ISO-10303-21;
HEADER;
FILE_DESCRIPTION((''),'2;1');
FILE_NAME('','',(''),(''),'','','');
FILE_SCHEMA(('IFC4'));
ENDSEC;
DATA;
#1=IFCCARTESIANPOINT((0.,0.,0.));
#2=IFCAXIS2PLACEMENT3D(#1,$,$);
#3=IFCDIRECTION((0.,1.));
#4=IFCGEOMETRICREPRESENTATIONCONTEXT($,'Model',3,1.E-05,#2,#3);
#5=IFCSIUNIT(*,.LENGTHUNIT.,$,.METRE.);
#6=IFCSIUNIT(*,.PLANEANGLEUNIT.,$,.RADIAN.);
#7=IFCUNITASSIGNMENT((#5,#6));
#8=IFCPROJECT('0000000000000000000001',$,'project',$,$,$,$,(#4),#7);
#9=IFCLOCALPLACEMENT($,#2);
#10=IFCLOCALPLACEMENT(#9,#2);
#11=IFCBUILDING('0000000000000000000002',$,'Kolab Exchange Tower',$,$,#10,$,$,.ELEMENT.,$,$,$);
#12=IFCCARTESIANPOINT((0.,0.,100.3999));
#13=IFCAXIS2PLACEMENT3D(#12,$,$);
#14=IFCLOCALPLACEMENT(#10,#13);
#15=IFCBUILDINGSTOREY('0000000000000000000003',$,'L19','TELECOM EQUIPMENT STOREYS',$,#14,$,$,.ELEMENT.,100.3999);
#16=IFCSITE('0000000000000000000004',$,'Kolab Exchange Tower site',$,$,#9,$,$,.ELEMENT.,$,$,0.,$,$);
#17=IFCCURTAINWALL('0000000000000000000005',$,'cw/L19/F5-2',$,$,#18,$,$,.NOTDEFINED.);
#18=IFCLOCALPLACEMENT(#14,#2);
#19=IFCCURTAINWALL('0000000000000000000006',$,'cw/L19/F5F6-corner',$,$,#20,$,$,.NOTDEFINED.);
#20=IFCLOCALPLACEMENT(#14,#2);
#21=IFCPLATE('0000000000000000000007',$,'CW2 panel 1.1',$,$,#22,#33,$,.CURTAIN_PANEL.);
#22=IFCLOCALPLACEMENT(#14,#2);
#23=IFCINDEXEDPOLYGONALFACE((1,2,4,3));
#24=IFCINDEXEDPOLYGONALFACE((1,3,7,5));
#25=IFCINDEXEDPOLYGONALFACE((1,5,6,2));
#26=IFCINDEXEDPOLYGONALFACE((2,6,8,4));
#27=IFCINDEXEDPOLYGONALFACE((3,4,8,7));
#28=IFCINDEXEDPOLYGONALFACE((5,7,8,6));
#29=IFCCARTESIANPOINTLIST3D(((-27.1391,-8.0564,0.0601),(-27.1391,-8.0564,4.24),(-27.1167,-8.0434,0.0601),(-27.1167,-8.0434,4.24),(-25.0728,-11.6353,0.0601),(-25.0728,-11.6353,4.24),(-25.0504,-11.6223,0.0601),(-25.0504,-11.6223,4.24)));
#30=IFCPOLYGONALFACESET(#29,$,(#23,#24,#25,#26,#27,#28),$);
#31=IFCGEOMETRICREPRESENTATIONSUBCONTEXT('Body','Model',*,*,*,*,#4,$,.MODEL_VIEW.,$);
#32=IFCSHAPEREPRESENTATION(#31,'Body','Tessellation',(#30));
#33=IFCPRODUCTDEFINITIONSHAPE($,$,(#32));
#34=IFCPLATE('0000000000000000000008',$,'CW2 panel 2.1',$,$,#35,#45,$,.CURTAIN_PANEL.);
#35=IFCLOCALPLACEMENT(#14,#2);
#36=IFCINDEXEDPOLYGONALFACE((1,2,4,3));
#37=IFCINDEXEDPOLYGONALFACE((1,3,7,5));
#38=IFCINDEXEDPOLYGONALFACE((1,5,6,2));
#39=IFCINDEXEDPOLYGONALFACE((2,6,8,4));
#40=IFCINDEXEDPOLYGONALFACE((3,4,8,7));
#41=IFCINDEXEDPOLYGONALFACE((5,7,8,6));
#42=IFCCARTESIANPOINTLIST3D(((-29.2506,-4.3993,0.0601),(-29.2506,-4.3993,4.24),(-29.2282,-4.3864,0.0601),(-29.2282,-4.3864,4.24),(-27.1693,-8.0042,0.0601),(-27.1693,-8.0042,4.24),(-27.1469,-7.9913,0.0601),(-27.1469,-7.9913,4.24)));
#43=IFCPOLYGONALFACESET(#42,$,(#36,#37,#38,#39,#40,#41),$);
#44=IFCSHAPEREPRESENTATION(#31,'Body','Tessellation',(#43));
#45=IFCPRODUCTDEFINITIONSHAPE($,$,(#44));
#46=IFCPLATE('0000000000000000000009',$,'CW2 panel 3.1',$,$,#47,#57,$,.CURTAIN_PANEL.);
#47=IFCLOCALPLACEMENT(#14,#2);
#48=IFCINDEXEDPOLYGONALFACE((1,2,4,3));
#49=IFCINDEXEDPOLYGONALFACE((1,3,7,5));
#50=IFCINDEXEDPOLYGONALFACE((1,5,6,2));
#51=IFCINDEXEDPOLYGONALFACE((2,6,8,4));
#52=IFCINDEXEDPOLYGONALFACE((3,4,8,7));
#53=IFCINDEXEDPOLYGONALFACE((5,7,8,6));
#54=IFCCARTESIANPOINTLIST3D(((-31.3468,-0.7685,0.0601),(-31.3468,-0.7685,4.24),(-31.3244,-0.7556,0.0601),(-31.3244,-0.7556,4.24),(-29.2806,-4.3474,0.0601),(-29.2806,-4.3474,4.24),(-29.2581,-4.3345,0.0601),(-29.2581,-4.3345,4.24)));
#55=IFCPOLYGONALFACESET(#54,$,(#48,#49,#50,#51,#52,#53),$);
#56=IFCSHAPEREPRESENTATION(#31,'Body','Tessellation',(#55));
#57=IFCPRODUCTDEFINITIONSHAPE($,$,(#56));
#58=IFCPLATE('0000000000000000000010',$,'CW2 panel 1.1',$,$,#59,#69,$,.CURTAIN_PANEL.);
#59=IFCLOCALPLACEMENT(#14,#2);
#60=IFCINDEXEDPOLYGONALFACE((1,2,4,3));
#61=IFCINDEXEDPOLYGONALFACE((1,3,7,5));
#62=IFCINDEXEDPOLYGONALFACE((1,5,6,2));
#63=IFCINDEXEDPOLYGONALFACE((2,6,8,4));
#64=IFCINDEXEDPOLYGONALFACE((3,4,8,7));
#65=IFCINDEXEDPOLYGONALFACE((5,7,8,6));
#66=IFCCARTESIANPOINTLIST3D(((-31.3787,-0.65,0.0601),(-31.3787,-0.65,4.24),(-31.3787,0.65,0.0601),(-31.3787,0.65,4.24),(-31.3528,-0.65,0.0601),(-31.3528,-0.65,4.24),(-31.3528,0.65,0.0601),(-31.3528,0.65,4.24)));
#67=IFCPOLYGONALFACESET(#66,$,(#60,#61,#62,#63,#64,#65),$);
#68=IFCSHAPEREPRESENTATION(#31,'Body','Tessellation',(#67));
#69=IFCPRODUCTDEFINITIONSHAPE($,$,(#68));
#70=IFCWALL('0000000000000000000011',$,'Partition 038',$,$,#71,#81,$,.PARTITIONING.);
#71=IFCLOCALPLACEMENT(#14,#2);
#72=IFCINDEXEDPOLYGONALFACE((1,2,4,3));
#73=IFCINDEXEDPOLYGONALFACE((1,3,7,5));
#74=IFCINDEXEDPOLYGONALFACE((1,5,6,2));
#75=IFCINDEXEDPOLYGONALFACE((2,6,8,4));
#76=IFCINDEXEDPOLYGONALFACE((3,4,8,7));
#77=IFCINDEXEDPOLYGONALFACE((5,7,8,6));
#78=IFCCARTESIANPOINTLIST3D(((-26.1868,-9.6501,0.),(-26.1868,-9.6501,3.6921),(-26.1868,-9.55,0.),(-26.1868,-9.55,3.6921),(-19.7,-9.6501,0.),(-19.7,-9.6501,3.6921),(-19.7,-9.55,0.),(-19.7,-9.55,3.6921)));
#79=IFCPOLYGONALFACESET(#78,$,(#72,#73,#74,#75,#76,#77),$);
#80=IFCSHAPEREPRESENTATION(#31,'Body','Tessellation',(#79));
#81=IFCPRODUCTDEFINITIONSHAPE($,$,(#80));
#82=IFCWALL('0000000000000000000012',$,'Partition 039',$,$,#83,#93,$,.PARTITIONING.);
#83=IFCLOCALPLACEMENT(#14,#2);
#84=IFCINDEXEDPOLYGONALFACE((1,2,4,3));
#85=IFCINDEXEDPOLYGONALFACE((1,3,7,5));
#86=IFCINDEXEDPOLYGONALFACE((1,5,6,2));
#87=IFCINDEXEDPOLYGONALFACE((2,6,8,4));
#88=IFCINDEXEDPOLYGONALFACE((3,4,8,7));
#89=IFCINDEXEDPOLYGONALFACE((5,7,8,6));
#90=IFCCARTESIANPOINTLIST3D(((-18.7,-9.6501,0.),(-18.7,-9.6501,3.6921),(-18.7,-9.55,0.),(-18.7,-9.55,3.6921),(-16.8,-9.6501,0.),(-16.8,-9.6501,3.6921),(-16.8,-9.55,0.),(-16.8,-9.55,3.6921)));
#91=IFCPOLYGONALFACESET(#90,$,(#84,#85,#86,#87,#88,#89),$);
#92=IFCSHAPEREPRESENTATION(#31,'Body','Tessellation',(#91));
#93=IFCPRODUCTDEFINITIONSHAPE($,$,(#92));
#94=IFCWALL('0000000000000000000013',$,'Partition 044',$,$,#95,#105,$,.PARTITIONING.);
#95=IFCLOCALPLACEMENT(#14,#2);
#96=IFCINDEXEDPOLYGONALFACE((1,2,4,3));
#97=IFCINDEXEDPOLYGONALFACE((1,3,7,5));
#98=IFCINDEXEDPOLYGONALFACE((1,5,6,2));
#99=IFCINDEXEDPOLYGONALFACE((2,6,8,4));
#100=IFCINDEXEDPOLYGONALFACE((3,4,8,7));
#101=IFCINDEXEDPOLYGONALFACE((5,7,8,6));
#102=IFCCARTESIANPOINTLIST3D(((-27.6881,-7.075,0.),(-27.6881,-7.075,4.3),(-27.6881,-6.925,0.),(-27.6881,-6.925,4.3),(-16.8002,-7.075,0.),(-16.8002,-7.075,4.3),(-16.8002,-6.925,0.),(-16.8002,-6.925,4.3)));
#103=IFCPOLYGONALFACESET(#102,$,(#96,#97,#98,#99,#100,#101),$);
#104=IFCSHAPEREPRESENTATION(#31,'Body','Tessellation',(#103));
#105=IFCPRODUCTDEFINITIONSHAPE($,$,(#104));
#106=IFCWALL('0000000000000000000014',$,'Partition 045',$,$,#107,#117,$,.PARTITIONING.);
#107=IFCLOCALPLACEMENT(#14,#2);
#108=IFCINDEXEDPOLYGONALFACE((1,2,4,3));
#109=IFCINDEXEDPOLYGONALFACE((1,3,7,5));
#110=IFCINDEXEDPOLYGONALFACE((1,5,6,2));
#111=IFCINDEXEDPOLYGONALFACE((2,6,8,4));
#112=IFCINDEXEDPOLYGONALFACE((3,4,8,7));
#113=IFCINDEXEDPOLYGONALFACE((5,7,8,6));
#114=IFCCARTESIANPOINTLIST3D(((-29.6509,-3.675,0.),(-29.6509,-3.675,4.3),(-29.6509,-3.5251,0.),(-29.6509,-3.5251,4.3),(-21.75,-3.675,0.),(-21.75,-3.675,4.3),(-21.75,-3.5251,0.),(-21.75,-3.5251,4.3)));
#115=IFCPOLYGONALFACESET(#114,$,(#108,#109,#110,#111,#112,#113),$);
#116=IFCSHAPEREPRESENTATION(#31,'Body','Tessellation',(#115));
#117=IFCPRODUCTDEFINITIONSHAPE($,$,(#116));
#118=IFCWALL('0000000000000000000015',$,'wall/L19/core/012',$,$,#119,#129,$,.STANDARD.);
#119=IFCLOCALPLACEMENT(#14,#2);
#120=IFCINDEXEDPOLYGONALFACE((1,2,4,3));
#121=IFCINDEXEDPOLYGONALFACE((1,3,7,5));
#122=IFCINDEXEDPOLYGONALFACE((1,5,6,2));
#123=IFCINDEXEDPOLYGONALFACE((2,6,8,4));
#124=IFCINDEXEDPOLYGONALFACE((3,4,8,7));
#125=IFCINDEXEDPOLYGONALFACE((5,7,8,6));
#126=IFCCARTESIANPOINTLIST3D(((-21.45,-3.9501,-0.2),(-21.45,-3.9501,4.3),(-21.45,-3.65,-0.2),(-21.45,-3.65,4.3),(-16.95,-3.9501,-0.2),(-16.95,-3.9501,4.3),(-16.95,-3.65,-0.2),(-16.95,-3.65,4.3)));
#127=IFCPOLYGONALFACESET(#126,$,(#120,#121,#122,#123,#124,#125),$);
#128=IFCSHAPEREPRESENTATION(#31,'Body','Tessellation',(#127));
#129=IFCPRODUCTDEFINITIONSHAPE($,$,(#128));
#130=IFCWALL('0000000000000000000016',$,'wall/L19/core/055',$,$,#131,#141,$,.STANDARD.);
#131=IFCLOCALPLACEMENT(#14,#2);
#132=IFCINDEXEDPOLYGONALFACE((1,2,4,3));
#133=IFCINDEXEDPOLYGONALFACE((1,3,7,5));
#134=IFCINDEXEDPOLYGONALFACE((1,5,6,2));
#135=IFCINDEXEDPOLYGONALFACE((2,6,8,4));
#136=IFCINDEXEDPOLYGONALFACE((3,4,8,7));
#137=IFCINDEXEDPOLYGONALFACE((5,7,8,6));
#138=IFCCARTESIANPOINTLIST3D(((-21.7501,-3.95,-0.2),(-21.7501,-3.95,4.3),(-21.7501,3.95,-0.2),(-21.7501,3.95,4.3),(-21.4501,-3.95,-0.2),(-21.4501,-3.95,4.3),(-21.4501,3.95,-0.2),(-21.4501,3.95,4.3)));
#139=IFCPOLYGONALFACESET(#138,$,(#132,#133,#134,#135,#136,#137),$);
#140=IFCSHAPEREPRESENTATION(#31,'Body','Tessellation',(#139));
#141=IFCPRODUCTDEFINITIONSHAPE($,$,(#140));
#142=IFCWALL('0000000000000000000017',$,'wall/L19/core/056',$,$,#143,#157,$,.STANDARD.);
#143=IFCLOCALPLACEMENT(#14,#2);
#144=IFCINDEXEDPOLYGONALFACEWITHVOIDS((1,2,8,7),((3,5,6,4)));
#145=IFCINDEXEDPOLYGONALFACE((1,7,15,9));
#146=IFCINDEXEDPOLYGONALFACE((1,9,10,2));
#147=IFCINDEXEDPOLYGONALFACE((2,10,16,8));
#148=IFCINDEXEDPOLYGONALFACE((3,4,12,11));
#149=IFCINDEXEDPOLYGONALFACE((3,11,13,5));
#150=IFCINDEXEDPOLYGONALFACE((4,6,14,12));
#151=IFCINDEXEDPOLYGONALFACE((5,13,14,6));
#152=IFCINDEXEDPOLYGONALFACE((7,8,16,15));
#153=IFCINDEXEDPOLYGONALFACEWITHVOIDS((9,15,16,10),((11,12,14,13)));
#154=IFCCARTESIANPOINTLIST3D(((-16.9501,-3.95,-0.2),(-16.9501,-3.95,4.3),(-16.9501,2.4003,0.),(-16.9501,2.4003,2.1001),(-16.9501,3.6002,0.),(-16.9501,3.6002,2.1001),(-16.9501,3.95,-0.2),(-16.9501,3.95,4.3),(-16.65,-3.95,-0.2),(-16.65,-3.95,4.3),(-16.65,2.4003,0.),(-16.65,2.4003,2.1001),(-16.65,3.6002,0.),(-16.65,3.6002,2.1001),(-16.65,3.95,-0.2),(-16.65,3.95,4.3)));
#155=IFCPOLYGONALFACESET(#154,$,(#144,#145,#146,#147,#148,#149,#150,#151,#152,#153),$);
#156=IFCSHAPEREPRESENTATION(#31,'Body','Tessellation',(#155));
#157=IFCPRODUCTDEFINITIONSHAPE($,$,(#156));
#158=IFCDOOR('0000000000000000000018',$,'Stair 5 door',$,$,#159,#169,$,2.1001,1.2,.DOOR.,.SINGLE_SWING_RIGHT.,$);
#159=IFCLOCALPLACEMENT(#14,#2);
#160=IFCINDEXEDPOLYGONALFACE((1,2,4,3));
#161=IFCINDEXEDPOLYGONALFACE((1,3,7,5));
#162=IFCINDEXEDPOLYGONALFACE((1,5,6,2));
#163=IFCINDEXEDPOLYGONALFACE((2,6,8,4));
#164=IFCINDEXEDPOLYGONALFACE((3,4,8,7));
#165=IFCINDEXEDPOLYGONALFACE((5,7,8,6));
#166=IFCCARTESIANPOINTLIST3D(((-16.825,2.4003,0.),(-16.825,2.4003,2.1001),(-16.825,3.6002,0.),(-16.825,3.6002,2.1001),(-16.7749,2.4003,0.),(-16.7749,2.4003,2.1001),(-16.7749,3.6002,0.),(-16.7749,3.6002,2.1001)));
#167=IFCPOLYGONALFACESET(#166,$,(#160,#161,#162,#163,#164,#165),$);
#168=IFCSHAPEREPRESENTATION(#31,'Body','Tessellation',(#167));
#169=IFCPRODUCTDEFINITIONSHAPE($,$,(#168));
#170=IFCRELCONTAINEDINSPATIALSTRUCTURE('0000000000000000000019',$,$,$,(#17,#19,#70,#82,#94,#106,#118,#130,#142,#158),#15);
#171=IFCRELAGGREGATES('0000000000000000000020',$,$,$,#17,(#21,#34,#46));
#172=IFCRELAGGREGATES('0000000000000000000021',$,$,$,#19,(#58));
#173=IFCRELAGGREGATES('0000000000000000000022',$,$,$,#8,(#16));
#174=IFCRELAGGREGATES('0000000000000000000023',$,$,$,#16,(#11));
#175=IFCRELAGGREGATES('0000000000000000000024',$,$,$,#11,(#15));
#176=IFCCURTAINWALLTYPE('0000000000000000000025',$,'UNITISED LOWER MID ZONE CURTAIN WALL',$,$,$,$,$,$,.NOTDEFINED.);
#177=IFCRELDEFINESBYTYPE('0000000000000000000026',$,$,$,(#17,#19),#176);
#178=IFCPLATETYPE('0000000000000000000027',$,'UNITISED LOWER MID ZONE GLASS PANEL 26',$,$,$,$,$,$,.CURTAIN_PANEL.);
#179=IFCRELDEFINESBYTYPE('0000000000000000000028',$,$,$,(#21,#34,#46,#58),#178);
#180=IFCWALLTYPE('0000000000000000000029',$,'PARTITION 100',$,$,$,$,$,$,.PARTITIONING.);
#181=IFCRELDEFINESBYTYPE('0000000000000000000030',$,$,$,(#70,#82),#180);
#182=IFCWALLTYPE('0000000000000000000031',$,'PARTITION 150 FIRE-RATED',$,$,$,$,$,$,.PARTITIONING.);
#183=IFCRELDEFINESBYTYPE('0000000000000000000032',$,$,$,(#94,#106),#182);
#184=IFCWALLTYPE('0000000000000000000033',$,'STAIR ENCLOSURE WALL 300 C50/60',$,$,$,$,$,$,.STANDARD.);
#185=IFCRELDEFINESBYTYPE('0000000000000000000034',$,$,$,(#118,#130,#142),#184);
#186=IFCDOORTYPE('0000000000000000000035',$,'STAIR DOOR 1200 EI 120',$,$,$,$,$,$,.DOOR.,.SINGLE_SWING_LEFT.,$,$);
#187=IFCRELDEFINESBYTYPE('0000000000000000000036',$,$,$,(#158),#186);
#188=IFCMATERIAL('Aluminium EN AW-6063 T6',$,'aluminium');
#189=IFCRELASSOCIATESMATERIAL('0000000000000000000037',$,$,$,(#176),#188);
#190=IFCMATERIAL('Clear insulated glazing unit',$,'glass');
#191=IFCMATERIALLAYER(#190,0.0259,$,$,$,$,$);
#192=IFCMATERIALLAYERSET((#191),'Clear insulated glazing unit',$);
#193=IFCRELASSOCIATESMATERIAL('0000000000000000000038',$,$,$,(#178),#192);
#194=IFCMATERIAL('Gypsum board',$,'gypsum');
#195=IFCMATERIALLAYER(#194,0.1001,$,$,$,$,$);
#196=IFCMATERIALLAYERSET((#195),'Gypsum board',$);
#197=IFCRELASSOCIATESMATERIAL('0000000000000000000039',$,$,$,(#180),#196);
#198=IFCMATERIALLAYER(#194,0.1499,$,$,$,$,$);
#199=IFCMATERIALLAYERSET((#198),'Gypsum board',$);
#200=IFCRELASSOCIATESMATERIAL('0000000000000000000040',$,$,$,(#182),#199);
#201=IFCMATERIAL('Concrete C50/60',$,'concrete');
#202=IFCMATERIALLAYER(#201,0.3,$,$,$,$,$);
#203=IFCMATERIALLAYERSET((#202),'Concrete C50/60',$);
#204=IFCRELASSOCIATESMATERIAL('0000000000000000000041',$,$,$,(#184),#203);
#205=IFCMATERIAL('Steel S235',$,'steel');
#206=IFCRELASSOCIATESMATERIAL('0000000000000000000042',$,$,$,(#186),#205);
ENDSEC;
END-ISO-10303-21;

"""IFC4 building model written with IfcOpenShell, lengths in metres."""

from ifc_helpers import new_model, si_unit, direction, frame, frame_2d, origin, origin_2d, place, context, subcontext, project, spatial, rectangle, extrude, material, layer, layer_set, type_object, element, fill, aggregate, save


model = new_model("IFC4")

# Units and contexts
model_context = context("Model", 3, precision=1e-05, world=origin(), true_north=direction((0.0, 1.0)))
body_context = subcontext(model_context, "Body", "Model", "MODEL_VIEW")
ifc_project = project(units=[si_unit("LENGTHUNIT", "METRE"), si_unit("PLANEANGLEUNIT", "RADIAN")], contexts=[model_context])

# Site, building, storey
site_placement = place(None, origin())
site = spatial("IfcSite", under=ifc_project, at=site_placement, Name="Kolab Exchange Tower site", CompositionType="ELEMENT", RefElevation=0.0)
building_placement = place(site_placement, origin())
building = spatial("IfcBuilding", under=site, at=building_placement, Name="Kolab Exchange Tower", CompositionType="ELEMENT")
storey_placement = place(building_placement, frame((0.0, 0.0, 100.3999)))
storey = spatial("IfcBuildingStorey", under=building, at=storey_placement, Name="L19", Description="TELECOM EQUIPMENT STOREYS", CompositionType="ELEMENT", Elevation=100.3999)

# Curtain wall
ifc_material_1 = material(Name="Aluminium EN AW-6063 T6", Category="aluminium")
curtain_wall_type = type_object("IfcCurtainWallType", Name="UNITISED LOWER MID ZONE CURTAIN WALL", PredefinedType="NOTDEFINED", material=ifc_material_1)
curtain_wall_1_placement = place(storey_placement, origin())
curtain_wall_1 = element("IfcCurtainWall", 1, at=curtain_wall_1_placement, inside=storey, type_object=curtain_wall_type, Name="cw/L19/F5-2", PredefinedType="NOTDEFINED")

# Curtain wall
curtain_wall_2_placement = place(storey_placement, origin())
curtain_wall_2 = element("IfcCurtainWall", 2, at=curtain_wall_2_placement, inside=storey, type_object=curtain_wall_type, Name="cw/L19/F5F6-corner", PredefinedType="NOTDEFINED")

# Plates
ifc_material_2 = material(Name="Clear insulated glazing unit", Category="glass")
ifc_layer_1 = layer(ifc_material_2, 0.0259)
ifc_layer_set_1 = layer_set([ifc_layer_1], Name="Clear insulated glazing unit")
plate_type = type_object("IfcPlateType", Name="UNITISED LOWER MID ZONE GLASS PANEL 26", PredefinedType="CURTAIN_PANEL", material=ifc_layer_set_1)
plate_1_placement = place(storey_placement, frame((-26.0947, -9.8394, 0.0601), z_axis=(0.0, 0.0, 1.0), x_axis=(-0.5, 0.866025, 0.0)))
plate_1 = element("IfcPlate", 3, at=plate_1_placement, type_object=plate_type, Name="CW2 panel 1.1", PredefinedType="CURTAIN_PANEL", context=body_context, shape_type="SweptSolid", body=[
    extrude(rectangle(XDim=4.1326, YDim=0.0259, at=origin_2d()), origin(), (0.0, 0.0, 1.0), 4.1799),
])
plate_2_placement = place(storey_placement, frame((-28.1987, -6.1953, 0.0601), z_axis=(0.0, 0.0, 1.0), x_axis=(-0.5, 0.866025, 0.0)))
plate_2 = element("IfcPlate", 4, at=plate_2_placement, type_object=plate_type, Name="CW2 panel 2.1", PredefinedType="CURTAIN_PANEL", context=body_context, shape_type="SweptSolid", body=[
    extrude(rectangle(XDim=4.1626, YDim=0.0259, at=origin_2d()), origin(), (0.0, 0.0, 1.0), 4.1799),
])
plate_3_placement = place(storey_placement, frame((-30.3025, -2.5515, 0.0601), z_axis=(0.0, 0.0, 1.0), x_axis=(-0.5, 0.866025, 0.0)))
plate_3 = element("IfcPlate", 5, at=plate_3_placement, type_object=plate_type, Name="CW2 panel 3.1", PredefinedType="CURTAIN_PANEL", context=body_context, shape_type="SweptSolid", body=[
    extrude(rectangle(XDim=4.1326, YDim=0.0259, at=origin_2d()), origin(), (0.0, 0.0, 1.0), 4.1799),
])
aggregate(curtain_wall_1, [plate_1, plate_2, plate_3])
plate_4_placement = place(storey_placement, frame((-31.3657, 0.0, 0.0601), z_axis=(0.0, 0.0, 1.0), x_axis=(0.0, 1.0, 0.0)))
plate_4 = element("IfcPlate", 6, at=plate_4_placement, type_object=plate_type, Name="CW2 panel 1.1", PredefinedType="CURTAIN_PANEL", context=body_context, shape_type="SweptSolid", body=[
    extrude(rectangle(XDim=1.3, YDim=0.0259, at=origin_2d()), origin(), (0.0, 0.0, 1.0), 4.1799),
])
aggregate(curtain_wall_2, [plate_4])

# Walls
ifc_material_3 = material(Name="Gypsum board", Category="gypsum")
ifc_layer_2 = layer(ifc_material_3, 0.1001)
ifc_layer_set_2 = layer_set([ifc_layer_2], Name="Gypsum board")
wall_type_1 = type_object("IfcWallType", Name="PARTITION 100", PredefinedType="PARTITIONING", material=ifc_layer_set_2)
wall_1_placement = place(storey_placement, frame((-26.1868, -9.6001, 0.0), z_axis=(0.0, 0.0, 1.0), x_axis=(1.0, 0.0, 0.0)))
element("IfcWall", 7, at=wall_1_placement, inside=storey, type_object=wall_type_1, Name="Partition 038", PredefinedType="PARTITIONING", context=body_context, shape_type="SweptSolid", body=[
    extrude(rectangle(XDim=6.4868, YDim=0.1001, at=frame_2d((3.2434, 0.0))), origin(), (0.0, 0.0, 1.0), 3.6921),
])
wall_2_placement = place(storey_placement, frame((-18.7, -9.6001, 0.0), z_axis=(0.0, 0.0, 1.0), x_axis=(1.0, 0.0, 0.0)))
element("IfcWall", 8, at=wall_2_placement, inside=storey, type_object=wall_type_1, Name="Partition 039", PredefinedType="PARTITIONING", context=body_context, shape_type="SweptSolid", body=[
    extrude(rectangle(XDim=1.8999, YDim=0.1001, at=frame_2d((0.95, 0.0))), origin(), (0.0, 0.0, 1.0), 3.6921),
])
ifc_layer_3 = layer(ifc_material_3, 0.1499)
ifc_layer_set_3 = layer_set([ifc_layer_3], Name="Gypsum board")
wall_type_2 = type_object("IfcWallType", Name="PARTITION 150 FIRE-RATED", PredefinedType="PARTITIONING", material=ifc_layer_set_3)
wall_3_placement = place(storey_placement, frame((-27.688, -7.0, 0.0), z_axis=(0.0, 0.0, 1.0), x_axis=(1.0, 0.0, 0.0)))
element("IfcWall", 9, at=wall_3_placement, inside=storey, type_object=wall_type_2, Name="Partition 044", PredefinedType="PARTITIONING", context=body_context, shape_type="SweptSolid", body=[
    extrude(rectangle(XDim=10.8879, YDim=0.1499, at=frame_2d((5.4438, 0.0))), origin(), (0.0, 0.0, 1.0), 4.3),
])
wall_4_placement = place(storey_placement, frame((-29.6509, -3.6001, 0.0), z_axis=(0.0, 0.0, 1.0), x_axis=(1.0, 0.0, 0.0)))
element("IfcWall", 10, at=wall_4_placement, inside=storey, type_object=wall_type_2, Name="Partition 045", PredefinedType="PARTITIONING", context=body_context, shape_type="SweptSolid", body=[
    extrude(rectangle(XDim=7.9009, YDim=0.1499, at=frame_2d((3.9504, 0.0))), origin(), (0.0, 0.0, 1.0), 4.3),
])
ifc_material_4 = material(Name="Concrete C50/60", Category="concrete")
ifc_layer_4 = layer(ifc_material_4, 0.3)
ifc_layer_set_4 = layer_set([ifc_layer_4], Name="Concrete C50/60")
wall_type_3 = type_object("IfcWallType", Name="STAIR ENCLOSURE WALL 300 C50/60", PredefinedType="STANDARD", material=ifc_layer_set_4)
wall_5_placement = place(storey_placement, frame((-21.45, -3.8, -0.2), z_axis=(0.0, 0.0, 1.0), x_axis=(1.0, 0.0, 0.0)))
element("IfcWall", 11, at=wall_5_placement, inside=storey, type_object=wall_type_3, Name="wall/L19/core/012", PredefinedType="STANDARD", context=body_context, shape_type="SweptSolid", body=[
    extrude(rectangle(XDim=4.5, YDim=0.3, at=frame_2d((2.25, 0.0))), origin(), (0.0, 0.0, 1.0), 4.5),
])
wall_6_placement = place(storey_placement, frame((-21.6001, -3.95, -0.2), z_axis=(0.0, 0.0, 1.0), x_axis=(0.0, 1.0, 0.0)))
element("IfcWall", 12, at=wall_6_placement, inside=storey, type_object=wall_type_3, Name="wall/L19/core/055", PredefinedType="STANDARD", context=body_context, shape_type="SweptSolid", body=[
    extrude(rectangle(XDim=7.8999, YDim=0.3, at=frame_2d((3.95, 0.0))), origin(), (0.0, 0.0, 1.0), 4.5),
])

# Wall, opening, door
wall_7_placement = place(storey_placement, frame((-16.8, -3.95, -0.2), z_axis=(0.0, 0.0, 1.0), x_axis=(0.0, 1.0, 0.0)))
wall_7 = element("IfcWall", 13, at=wall_7_placement, inside=storey, type_object=wall_type_3, Name="wall/L19/core/056", PredefinedType="STANDARD", context=body_context, shape_type="SweptSolid", body=[
    extrude(rectangle(XDim=7.8999, YDim=0.3, at=frame_2d((3.95, 0.0))), origin(), (0.0, 0.0, 1.0), 4.5),
])
opening_placement = place(wall_7_placement, frame((6.3501, 0.0, 0.2)))
opening = element("IfcOpeningElement", 14, at=opening_placement, cuts=wall_7, PredefinedType="OPENING", context=body_context, shape_type="SweptSolid", body=[
    extrude(rectangle(XDim=1.2, YDim=2.1001, at=frame_2d((0.6001, 1.05))), frame((0.0, 0.1602, 0.0), z_axis=(0.0, -1.0, 0.0), x_axis=(1.0, 0.0, 0.0)), (0.0, 0.0, 1.0), 0.3201),
])
ifc_material_5 = material(Name="Steel S235", Category="steel")
door_type = type_object("IfcDoorType", Name="STAIR DOOR 1200 EI 120", OperationType="SINGLE_SWING_LEFT", PredefinedType="DOOR", material=ifc_material_5)
door_placement = place(opening_placement, origin())
door = element("IfcDoor", 15, at=door_placement, inside=storey, type_object=door_type, Name="Stair 5 door", OperationType="SINGLE_SWING_RIGHT", OverallHeight=2.1001, OverallWidth=1.2, PredefinedType="DOOR", context=body_context, shape_type="SweptSolid", body=[
    extrude(rectangle(XDim=1.2, YDim=2.1001, at=frame_2d((0.6001, 1.05))), frame((0.0, 0.0249, 0.0), z_axis=(0.0, -1.0, 0.0), x_axis=(1.0, 0.0, 0.0)), (0.0, 0.0, 1.0), 0.05),
])
fill(opening, door)

save(model, "model.ifc")
